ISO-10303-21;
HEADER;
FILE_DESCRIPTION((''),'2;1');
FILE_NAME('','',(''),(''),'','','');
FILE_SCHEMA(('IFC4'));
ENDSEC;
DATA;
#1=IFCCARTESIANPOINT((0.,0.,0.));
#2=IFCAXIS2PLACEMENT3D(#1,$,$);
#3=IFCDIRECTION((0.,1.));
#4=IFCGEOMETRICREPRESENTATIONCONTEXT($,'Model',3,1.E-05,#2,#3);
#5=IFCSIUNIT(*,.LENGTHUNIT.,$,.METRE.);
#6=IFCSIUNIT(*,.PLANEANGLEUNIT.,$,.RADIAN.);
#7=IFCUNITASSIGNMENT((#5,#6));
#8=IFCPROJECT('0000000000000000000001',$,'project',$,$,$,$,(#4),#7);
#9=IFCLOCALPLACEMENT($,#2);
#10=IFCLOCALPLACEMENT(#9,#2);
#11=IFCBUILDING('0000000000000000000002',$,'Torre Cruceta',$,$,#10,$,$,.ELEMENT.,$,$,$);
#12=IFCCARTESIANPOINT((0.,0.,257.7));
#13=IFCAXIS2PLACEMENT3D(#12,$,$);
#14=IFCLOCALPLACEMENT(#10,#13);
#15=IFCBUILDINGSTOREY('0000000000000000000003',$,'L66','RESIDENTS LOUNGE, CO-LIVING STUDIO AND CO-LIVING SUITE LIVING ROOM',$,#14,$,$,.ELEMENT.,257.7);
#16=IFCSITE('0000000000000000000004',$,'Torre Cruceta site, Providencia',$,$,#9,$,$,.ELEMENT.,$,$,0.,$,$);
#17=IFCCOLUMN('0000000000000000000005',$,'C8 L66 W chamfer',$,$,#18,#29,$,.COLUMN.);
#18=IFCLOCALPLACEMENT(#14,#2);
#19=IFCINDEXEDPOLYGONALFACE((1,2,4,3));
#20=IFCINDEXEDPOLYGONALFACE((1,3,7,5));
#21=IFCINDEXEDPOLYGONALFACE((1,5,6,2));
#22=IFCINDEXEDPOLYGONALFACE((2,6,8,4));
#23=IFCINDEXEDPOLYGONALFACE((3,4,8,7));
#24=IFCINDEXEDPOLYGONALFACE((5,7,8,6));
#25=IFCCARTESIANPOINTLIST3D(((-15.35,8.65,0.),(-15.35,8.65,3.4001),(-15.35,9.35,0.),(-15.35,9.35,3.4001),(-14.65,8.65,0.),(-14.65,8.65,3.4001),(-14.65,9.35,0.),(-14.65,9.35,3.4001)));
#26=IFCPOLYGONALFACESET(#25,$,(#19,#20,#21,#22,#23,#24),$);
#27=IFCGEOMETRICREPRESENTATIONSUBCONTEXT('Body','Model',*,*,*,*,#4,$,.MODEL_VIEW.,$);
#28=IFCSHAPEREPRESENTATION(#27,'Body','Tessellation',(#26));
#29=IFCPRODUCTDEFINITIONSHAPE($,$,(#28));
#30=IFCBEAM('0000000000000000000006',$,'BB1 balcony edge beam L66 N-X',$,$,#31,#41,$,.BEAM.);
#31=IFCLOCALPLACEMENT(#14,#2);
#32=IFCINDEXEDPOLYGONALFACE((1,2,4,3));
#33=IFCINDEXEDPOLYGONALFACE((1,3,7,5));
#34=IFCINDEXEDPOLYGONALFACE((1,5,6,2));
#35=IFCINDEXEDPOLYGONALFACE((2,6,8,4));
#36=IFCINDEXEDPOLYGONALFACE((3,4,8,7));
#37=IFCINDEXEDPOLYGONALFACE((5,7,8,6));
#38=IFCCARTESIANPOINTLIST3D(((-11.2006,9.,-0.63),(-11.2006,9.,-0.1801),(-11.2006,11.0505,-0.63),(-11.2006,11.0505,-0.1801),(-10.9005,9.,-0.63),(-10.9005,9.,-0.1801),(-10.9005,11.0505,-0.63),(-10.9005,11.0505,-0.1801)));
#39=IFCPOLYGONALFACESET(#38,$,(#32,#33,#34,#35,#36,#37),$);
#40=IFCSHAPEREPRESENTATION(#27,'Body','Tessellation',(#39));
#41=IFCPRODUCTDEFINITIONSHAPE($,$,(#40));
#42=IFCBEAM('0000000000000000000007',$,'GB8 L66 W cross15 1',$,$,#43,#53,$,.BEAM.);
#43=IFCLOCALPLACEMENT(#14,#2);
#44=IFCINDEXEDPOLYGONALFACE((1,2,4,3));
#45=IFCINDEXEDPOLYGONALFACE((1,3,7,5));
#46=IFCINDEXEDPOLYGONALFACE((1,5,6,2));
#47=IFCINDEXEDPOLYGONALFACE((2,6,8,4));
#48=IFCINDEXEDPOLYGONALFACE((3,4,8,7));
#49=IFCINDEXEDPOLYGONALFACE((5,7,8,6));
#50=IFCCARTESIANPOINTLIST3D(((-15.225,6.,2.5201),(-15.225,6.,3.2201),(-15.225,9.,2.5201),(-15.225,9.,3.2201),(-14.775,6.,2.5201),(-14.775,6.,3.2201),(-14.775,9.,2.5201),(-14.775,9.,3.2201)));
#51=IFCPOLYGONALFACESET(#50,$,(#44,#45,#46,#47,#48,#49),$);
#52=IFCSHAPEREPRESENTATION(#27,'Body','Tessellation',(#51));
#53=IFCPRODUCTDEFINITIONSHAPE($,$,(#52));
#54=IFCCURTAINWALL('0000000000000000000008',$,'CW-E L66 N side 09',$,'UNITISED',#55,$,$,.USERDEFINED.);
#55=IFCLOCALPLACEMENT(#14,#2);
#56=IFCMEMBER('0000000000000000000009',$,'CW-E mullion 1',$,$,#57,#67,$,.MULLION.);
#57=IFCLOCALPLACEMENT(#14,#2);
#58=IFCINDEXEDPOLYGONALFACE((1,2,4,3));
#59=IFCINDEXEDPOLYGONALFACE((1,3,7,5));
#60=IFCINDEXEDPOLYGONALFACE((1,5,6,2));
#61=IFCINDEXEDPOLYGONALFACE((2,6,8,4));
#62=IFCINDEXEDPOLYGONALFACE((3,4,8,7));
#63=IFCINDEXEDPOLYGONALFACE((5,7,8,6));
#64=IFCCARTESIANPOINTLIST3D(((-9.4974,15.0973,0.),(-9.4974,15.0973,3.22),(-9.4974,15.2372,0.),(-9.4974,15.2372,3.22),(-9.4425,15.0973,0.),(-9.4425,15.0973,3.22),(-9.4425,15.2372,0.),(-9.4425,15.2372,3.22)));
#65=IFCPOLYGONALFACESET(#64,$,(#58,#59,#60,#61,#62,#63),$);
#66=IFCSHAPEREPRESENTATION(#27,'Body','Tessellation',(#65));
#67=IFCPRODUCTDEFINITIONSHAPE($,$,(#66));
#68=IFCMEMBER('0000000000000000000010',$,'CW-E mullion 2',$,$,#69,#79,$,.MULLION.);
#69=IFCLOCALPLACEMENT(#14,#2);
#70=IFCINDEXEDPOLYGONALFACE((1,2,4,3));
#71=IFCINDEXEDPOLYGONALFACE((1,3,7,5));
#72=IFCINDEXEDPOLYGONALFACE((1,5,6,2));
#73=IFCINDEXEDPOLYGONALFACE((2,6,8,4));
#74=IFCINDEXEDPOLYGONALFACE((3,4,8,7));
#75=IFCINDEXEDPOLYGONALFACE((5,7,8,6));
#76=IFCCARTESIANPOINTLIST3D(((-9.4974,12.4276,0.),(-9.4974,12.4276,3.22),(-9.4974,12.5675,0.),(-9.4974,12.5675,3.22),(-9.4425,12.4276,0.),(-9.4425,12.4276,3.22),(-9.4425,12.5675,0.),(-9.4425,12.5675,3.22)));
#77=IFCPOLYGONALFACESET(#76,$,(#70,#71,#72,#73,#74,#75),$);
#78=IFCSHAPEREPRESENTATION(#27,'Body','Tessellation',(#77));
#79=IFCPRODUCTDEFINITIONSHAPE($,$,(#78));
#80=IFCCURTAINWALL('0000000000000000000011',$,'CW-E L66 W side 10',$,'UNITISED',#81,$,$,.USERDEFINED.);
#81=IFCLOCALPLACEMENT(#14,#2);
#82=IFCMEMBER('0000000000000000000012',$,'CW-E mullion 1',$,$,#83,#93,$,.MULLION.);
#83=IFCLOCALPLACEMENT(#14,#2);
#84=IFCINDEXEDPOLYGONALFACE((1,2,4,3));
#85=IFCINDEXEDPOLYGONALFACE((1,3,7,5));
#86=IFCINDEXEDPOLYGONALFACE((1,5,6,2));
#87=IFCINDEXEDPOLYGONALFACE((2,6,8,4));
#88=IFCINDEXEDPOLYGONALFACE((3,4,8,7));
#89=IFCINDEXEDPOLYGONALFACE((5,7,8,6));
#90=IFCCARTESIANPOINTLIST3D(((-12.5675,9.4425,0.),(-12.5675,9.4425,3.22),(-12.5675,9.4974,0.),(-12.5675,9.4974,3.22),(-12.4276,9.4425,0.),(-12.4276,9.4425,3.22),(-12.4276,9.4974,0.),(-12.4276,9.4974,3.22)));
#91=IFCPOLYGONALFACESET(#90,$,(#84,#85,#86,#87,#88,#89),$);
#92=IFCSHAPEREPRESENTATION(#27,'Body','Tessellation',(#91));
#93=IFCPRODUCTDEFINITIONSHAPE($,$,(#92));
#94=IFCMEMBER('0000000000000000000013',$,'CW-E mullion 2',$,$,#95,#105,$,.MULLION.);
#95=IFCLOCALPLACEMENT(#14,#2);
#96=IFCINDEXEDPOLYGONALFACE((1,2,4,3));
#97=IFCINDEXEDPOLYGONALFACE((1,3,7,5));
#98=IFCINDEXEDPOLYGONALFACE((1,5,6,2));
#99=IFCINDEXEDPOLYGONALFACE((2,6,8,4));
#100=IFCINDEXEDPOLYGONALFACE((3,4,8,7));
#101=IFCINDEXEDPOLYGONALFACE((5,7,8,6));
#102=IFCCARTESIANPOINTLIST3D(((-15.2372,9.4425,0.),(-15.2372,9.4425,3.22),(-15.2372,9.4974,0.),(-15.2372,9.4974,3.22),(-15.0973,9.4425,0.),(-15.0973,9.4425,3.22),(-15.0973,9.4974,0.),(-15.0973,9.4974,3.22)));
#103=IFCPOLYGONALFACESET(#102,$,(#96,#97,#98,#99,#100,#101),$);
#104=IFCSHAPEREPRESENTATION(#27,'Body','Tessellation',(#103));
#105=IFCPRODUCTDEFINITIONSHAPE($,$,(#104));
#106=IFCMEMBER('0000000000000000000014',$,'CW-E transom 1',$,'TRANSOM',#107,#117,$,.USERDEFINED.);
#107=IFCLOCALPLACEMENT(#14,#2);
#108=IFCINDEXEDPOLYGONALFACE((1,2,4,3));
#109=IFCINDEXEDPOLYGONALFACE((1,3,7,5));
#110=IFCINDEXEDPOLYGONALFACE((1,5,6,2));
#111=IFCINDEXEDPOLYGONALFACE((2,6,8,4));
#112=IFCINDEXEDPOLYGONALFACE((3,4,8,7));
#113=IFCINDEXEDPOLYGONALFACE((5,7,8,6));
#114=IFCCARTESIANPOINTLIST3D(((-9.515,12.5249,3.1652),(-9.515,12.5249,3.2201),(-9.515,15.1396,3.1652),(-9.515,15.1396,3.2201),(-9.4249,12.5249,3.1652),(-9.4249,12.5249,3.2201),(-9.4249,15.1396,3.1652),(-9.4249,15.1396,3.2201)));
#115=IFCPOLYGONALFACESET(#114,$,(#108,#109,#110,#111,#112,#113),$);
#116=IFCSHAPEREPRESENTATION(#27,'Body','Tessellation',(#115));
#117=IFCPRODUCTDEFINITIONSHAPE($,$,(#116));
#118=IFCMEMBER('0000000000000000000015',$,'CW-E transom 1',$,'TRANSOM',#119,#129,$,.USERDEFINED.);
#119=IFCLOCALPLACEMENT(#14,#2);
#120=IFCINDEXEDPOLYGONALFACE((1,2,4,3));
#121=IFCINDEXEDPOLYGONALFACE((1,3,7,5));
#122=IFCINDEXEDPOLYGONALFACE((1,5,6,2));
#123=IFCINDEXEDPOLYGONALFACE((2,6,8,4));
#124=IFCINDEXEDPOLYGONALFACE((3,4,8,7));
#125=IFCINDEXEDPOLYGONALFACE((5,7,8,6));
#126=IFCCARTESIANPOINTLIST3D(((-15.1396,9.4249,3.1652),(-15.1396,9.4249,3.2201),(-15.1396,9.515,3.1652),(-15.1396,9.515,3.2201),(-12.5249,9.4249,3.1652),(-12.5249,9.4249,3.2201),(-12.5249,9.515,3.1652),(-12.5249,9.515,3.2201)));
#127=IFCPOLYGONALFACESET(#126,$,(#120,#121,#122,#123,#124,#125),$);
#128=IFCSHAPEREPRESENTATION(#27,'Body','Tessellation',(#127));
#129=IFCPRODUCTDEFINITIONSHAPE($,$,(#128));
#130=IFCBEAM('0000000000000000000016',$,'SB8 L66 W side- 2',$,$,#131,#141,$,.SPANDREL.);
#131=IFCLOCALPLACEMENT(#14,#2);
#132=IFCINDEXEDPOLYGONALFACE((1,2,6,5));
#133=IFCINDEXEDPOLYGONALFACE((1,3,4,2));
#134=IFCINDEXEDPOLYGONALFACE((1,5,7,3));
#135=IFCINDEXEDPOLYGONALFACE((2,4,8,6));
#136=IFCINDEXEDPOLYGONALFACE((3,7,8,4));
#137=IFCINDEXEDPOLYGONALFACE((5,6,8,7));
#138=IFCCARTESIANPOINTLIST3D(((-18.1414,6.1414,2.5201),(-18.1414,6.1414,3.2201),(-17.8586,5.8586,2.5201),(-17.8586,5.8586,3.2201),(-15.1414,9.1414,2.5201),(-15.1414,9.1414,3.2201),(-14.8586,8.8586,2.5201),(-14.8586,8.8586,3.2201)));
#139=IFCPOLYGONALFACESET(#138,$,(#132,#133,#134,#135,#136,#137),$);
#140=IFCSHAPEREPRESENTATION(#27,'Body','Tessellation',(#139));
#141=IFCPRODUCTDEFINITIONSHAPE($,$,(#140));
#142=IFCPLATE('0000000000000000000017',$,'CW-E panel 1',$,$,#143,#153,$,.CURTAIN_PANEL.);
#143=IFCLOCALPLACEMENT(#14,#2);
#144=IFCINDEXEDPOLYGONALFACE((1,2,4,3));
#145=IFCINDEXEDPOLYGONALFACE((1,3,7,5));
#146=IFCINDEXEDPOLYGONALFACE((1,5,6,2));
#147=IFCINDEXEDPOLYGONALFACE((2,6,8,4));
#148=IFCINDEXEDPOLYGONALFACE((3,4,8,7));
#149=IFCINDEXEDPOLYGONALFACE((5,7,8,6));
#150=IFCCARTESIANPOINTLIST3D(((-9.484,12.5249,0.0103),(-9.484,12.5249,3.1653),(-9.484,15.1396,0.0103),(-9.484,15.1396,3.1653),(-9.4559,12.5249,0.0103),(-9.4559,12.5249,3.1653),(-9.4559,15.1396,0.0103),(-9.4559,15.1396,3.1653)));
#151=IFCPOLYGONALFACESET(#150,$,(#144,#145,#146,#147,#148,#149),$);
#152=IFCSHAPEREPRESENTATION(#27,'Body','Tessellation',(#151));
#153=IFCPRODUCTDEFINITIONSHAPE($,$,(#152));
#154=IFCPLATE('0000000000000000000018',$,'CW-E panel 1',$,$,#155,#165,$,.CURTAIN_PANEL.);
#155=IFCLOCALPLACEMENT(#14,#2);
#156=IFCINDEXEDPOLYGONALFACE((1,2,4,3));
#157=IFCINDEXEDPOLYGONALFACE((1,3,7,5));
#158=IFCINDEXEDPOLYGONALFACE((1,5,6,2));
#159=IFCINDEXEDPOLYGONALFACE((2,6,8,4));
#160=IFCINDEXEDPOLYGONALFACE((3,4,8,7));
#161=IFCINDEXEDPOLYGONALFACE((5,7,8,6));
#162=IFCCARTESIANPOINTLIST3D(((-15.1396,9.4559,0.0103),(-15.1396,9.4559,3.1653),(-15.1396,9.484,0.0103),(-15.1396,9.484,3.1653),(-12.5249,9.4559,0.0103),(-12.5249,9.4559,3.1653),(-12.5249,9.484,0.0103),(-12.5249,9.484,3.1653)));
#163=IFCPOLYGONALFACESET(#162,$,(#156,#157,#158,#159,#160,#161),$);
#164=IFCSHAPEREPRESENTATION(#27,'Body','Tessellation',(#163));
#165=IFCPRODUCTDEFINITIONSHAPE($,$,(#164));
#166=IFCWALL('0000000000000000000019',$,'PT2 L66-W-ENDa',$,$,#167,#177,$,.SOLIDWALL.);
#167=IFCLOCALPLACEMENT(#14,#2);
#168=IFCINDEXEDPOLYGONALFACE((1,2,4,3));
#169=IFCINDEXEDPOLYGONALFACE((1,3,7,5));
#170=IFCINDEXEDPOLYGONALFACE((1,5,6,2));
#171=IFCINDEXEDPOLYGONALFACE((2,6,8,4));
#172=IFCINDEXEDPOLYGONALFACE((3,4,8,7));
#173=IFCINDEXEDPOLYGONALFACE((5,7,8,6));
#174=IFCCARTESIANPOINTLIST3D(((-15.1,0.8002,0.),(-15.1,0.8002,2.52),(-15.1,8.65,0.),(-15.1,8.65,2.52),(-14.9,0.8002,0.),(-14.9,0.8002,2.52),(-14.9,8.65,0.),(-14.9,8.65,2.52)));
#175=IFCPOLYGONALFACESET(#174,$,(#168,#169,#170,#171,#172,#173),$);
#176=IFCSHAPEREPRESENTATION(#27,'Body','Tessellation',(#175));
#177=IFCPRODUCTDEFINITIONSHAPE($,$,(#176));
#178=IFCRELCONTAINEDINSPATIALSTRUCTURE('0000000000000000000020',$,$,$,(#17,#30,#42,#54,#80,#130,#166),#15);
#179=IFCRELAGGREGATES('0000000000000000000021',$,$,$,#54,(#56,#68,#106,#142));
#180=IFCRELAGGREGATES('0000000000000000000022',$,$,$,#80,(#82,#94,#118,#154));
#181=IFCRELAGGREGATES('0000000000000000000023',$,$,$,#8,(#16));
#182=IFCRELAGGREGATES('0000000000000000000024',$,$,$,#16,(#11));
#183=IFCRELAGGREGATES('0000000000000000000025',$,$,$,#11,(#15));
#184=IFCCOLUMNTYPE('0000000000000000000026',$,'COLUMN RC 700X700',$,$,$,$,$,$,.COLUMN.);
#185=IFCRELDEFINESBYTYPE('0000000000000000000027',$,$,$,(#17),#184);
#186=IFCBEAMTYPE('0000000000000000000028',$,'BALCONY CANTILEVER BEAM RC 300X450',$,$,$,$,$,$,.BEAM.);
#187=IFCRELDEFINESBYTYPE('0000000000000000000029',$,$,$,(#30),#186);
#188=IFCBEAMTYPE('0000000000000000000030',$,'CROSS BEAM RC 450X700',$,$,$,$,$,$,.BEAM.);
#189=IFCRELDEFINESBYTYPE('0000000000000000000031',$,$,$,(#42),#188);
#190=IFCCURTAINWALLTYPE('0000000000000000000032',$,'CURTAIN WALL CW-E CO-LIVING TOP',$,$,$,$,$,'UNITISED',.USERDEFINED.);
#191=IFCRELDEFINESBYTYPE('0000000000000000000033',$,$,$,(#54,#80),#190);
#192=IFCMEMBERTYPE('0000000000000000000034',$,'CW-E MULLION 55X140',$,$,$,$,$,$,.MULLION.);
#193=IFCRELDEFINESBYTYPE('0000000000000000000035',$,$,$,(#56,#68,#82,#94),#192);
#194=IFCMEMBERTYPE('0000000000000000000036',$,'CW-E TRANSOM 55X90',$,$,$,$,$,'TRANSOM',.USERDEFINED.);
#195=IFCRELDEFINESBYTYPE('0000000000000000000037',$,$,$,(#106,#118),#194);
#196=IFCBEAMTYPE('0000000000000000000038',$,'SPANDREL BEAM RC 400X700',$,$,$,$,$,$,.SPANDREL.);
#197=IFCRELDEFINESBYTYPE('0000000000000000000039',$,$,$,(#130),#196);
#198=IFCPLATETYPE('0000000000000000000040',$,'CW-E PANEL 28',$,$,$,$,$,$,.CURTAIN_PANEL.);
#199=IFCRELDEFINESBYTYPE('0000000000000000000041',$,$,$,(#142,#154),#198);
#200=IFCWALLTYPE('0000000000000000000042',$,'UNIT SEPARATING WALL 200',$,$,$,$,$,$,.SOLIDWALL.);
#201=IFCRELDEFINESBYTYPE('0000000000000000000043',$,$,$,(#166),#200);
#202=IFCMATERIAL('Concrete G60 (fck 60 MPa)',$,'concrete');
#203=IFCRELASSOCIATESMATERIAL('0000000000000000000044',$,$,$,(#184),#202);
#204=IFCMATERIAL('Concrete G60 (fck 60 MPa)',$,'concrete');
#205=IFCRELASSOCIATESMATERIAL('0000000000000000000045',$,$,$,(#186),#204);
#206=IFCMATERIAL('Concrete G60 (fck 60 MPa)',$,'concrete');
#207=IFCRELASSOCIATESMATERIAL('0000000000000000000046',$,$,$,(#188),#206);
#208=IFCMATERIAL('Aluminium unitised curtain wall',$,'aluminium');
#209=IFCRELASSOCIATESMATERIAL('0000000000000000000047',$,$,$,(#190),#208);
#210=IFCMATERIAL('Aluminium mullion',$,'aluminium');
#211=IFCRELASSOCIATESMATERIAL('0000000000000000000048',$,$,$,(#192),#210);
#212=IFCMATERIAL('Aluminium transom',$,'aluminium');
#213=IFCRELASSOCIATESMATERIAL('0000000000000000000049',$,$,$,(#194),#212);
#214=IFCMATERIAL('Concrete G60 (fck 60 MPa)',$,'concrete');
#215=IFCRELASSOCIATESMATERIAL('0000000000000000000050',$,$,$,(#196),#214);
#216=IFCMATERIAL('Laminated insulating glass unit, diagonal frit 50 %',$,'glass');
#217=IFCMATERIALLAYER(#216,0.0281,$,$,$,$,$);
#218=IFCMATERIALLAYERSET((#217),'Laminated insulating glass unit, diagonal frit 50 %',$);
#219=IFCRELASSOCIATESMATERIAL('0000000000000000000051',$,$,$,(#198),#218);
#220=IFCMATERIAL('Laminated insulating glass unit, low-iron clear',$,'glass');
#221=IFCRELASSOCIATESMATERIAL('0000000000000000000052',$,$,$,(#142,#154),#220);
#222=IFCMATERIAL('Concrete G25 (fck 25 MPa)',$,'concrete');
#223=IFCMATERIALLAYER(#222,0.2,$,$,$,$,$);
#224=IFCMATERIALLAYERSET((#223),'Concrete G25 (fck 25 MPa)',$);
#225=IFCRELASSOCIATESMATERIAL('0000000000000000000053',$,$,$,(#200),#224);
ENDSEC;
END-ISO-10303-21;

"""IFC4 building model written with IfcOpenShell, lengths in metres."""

from ifc_helpers import new_model, si_unit, direction, frame, frame_2d, origin, origin_2d, place, context, subcontext, project, spatial, rectangle, extrude, material, layer, layer_set, material_profile, profile_set, type_object, element, aggregate, save


model = new_model("IFC4")

# Units and contexts
model_context = context("Model", 3, precision=1e-05, world=origin(), true_north=direction((0.0, 1.0)))
body_context = subcontext(model_context, "Body", "Model", "MODEL_VIEW")
ifc_project = project(units=[si_unit("LENGTHUNIT", "METRE"), si_unit("PLANEANGLEUNIT", "RADIAN")], contexts=[model_context])

# Site, building, storey
site_placement = place(None, origin())
site = spatial("IfcSite", under=ifc_project, at=site_placement, Name="Torre Cruceta site, Providencia", CompositionType="ELEMENT", RefElevation=0.0)
building_placement = place(site_placement, origin())
building = spatial("IfcBuilding", under=site, at=building_placement, Name="Torre Cruceta", CompositionType="ELEMENT")
storey_placement = place(building_placement, frame((0.0, 0.0, 257.7)))
storey = spatial("IfcBuildingStorey", under=building, at=storey_placement, Name="L66", Description="RESIDENTS LOUNGE, CO-LIVING STUDIO AND CO-LIVING SUITE LIVING ROOM", CompositionType="ELEMENT", Elevation=257.7)

# Column
ifc_material_1 = material(Name="Concrete G60 (fck 60 MPa)", Category="concrete")
ifc_material_profile_1 = material_profile(ifc_material_1, rectangle(XDim=0.7, YDim=0.7, at=origin_2d()), Name="RC 700X700")
ifc_profile_set_1 = profile_set([ifc_material_profile_1], Name="Concrete G60 (fck 60 MPa)")
column_type = type_object("IfcColumnType", Name="COLUMN RC 700X700", PredefinedType="COLUMN", material=ifc_profile_set_1)
column_placement = place(storey_placement, frame((-15.0, 9.0, 0.0), z_axis=(0.0, 0.0, 1.0), x_axis=(1.0, 0.0, 0.0)))
element("IfcColumn", 1, at=column_placement, inside=storey, type_object=column_type, Name="C8 L66 W chamfer", PredefinedType="COLUMN", context=body_context, shape_type="SweptSolid", body=[
    extrude(rectangle(XDim=0.7, YDim=0.7, at=origin_2d()), origin(), (0.0, 0.0, 1.0), 3.4001),
])

# Beams
ifc_material_2 = material(Name="Concrete G60 (fck 60 MPa)", Category="concrete")
ifc_material_profile_2 = material_profile(ifc_material_2, rectangle(XDim=0.3, YDim=0.45, at=origin_2d()), Name="RC 300X450")
ifc_profile_set_2 = profile_set([ifc_material_profile_2], Name="Concrete G60 (fck 60 MPa)")
beam_type_1 = type_object("IfcBeamType", Name="BALCONY CANTILEVER BEAM RC 300X450", PredefinedType="BEAM", material=ifc_profile_set_2)
beam_1_placement = place(storey_placement, frame((-11.0505, 9.0, -0.405), z_axis=(0.0, 1.0, 0.0), x_axis=(-1.0, 0.0, 0.0)))
element("IfcBeam", 2, at=beam_1_placement, inside=storey, type_object=beam_type_1, Name="BB1 balcony edge beam L66 N-X", PredefinedType="BEAM", context=body_context, shape_type="SweptSolid", body=[
    extrude(rectangle(XDim=0.3, YDim=0.45, at=origin_2d()), origin(), (0.0, 0.0, 1.0), 2.0505),
])
ifc_material_3 = material(Name="Concrete G60 (fck 60 MPa)", Category="concrete")
ifc_material_profile_3 = material_profile(ifc_material_3, rectangle(XDim=0.45, YDim=0.7, at=origin_2d()), Name="RC 450X700")
ifc_profile_set_3 = profile_set([ifc_material_profile_3], Name="Concrete G60 (fck 60 MPa)")
beam_type_2 = type_object("IfcBeamType", Name="CROSS BEAM RC 450X700", PredefinedType="BEAM", material=ifc_profile_set_3)
beam_2_placement = place(storey_placement, frame((-15.0, 9.0, 2.8701), z_axis=(0.0, -1.0, 0.0), x_axis=(1.0, 0.0, 0.0)))
element("IfcBeam", 3, at=beam_2_placement, inside=storey, type_object=beam_type_2, Name="GB8 L66 W cross15 1", PredefinedType="BEAM", context=body_context, shape_type="SweptSolid", body=[
    extrude(rectangle(XDim=0.45, YDim=0.7, at=origin_2d()), origin(), (0.0, 0.0, 1.0), 3.0),
])

# Curtain walls, members
ifc_material_4 = material(Name="Aluminium unitised curtain wall", Category="aluminium")
curtain_wall_type = type_object("IfcCurtainWallType", Name="CURTAIN WALL CW-E CO-LIVING TOP", ElementType="UNITISED", PredefinedType="USERDEFINED", material=ifc_material_4)
curtain_wall_1_placement = place(storey_placement, origin())
curtain_wall_1 = element("IfcCurtainWall", 4, at=curtain_wall_1_placement, inside=storey, type_object=curtain_wall_type, Name="CW-E L66 N side 09", ObjectType="UNITISED", PredefinedType="USERDEFINED")
ifc_material_5 = material(Name="Aluminium mullion", Category="aluminium")
ifc_material_profile_4 = material_profile(ifc_material_5, rectangle(XDim=0.0549, YDim=0.1399, at=origin_2d()), Name="AL 55X140")
ifc_profile_set_4 = profile_set([ifc_material_profile_4], Name="Aluminium mullion")
member_type_1 = type_object("IfcMemberType", Name="CW-E MULLION 55X140", PredefinedType="MULLION", material=ifc_profile_set_4)
member_1_placement = place(storey_placement, frame((-9.47, 15.1672, 0.0), z_axis=(0.0, 0.0, 1.0), x_axis=(1.0, 0.0, 0.0)))
member_1 = element("IfcMember", 5, at=member_1_placement, type_object=member_type_1, Name="CW-E mullion 1", PredefinedType="MULLION", context=body_context, shape_type="SweptSolid", body=[
    extrude(rectangle(XDim=0.0549, YDim=0.1399, at=origin_2d()), origin(), (0.0, 0.0, 1.0), 3.22),
])
member_2_placement = place(storey_placement, frame((-9.47, 12.4976, 0.0), z_axis=(0.0, 0.0, 1.0), x_axis=(1.0, 0.0, 0.0)))
member_2 = element("IfcMember", 6, at=member_2_placement, type_object=member_type_1, Name="CW-E mullion 2", PredefinedType="MULLION", context=body_context, shape_type="SweptSolid", body=[
    extrude(rectangle(XDim=0.0549, YDim=0.1399, at=origin_2d()), origin(), (0.0, 0.0, 1.0), 3.22),
])
curtain_wall_2_placement = place(storey_placement, origin())
curtain_wall_2 = element("IfcCurtainWall", 7, at=curtain_wall_2_placement, inside=storey, type_object=curtain_wall_type, Name="CW-E L66 W side 10", ObjectType="UNITISED", PredefinedType="USERDEFINED")
member_3_placement = place(storey_placement, frame((-12.4976, 9.47, 0.0), z_axis=(0.0, 0.0, 1.0), x_axis=(0.0, -1.0, 0.0)))
member_3 = element("IfcMember", 8, at=member_3_placement, type_object=member_type_1, Name="CW-E mullion 1", PredefinedType="MULLION", context=body_context, shape_type="SweptSolid", body=[
    extrude(rectangle(XDim=0.0549, YDim=0.1399, at=origin_2d()), origin(), (0.0, 0.0, 1.0), 3.22),
])
member_4_placement = place(storey_placement, frame((-15.1672, 9.47, 0.0), z_axis=(0.0, 0.0, 1.0), x_axis=(0.0, -1.0, 0.0)))
member_4 = element("IfcMember", 9, at=member_4_placement, type_object=member_type_1, Name="CW-E mullion 2", PredefinedType="MULLION", context=body_context, shape_type="SweptSolid", body=[
    extrude(rectangle(XDim=0.0549, YDim=0.1399, at=origin_2d()), origin(), (0.0, 0.0, 1.0), 3.22),
])

# Members
ifc_material_6 = material(Name="Aluminium transom", Category="aluminium")
ifc_material_profile_5 = material_profile(ifc_material_6, rectangle(XDim=0.0901, YDim=0.0549, at=origin_2d()), Name="AL 90X55")
ifc_profile_set_5 = profile_set([ifc_material_profile_5], Name="Aluminium transom")
member_type_2 = type_object("IfcMemberType", Name="CW-E TRANSOM 55X90", ElementType="TRANSOM", PredefinedType="USERDEFINED", material=ifc_profile_set_5)
member_5_placement = place(storey_placement, frame((-9.47, 15.1396, 3.1926), z_axis=(0.0, -1.0, 0.0), x_axis=(1.0, 0.0, 0.0)))
member_5 = element("IfcMember", 10, at=member_5_placement, type_object=member_type_2, Name="CW-E transom 1", ObjectType="TRANSOM", PredefinedType="USERDEFINED", context=body_context, shape_type="SweptSolid", body=[
    extrude(rectangle(XDim=0.0901, YDim=0.0549, at=origin_2d()), origin(), (0.0, 0.0, 1.0), 2.6147),
])
member_6_placement = place(storey_placement, frame((-12.5249, 9.47, 3.1926), z_axis=(-1.0, 0.0, 0.0), x_axis=(0.0, -1.0, 0.0)))
member_6 = element("IfcMember", 11, at=member_6_placement, type_object=member_type_2, Name="CW-E transom 1", ObjectType="TRANSOM", PredefinedType="USERDEFINED", context=body_context, shape_type="SweptSolid", body=[
    extrude(rectangle(XDim=0.0901, YDim=0.0549, at=origin_2d()), origin(), (0.0, 0.0, 1.0), 2.6147),
])

# Beam
ifc_material_7 = material(Name="Concrete G60 (fck 60 MPa)", Category="concrete")
ifc_material_profile_6 = material_profile(ifc_material_7, rectangle(XDim=0.3999, YDim=0.7, at=origin_2d()), Name="RC 400X700")
ifc_profile_set_6 = profile_set([ifc_material_profile_6], Name="Concrete G60 (fck 60 MPa)")
beam_type_3 = type_object("IfcBeamType", Name="SPANDREL BEAM RC 400X700", PredefinedType="SPANDREL", material=ifc_profile_set_6)
beam_3_placement = place(storey_placement, frame((-15.0, 9.0, 2.8701), z_axis=(-0.707107, -0.707107, 0.0), x_axis=(0.707107, -0.707107, 0.0)))
element("IfcBeam", 12, at=beam_3_placement, inside=storey, type_object=beam_type_3, Name="SB8 L66 W side- 2", PredefinedType="SPANDREL", context=body_context, shape_type="SweptSolid", body=[
    extrude(rectangle(XDim=0.3999, YDim=0.7, at=origin_2d()), origin(), (0.0, 0.0, 1.0), 4.2427),
])

# Plates
ifc_material_8 = material(Name="Laminated insulating glass unit, low-iron clear", Category="glass")
ifc_material_9 = material(Name="Laminated insulating glass unit, diagonal frit 50 %", Category="glass")
ifc_layer_1 = layer(ifc_material_9, 0.0281)
ifc_layer_set_1 = layer_set([ifc_layer_1], Name="Laminated insulating glass unit, diagonal frit 50 %")
plate_type = type_object("IfcPlateType", Name="CW-E PANEL 28", PredefinedType="CURTAIN_PANEL", material=ifc_layer_set_1)
plate_1_placement = place(storey_placement, frame((-9.47, 13.8323, 0.0103), z_axis=(0.0, 0.0, 1.0), x_axis=(0.0, -1.0, 0.0)))
plate_1 = element("IfcPlate", 13, at=plate_1_placement, type_object=plate_type, material=ifc_material_8, Name="CW-E panel 1", PredefinedType="CURTAIN_PANEL", context=body_context, shape_type="SweptSolid", body=[
    extrude(rectangle(XDim=2.6147, YDim=0.0281, at=origin_2d()), origin(), (0.0, 0.0, 1.0), 3.155),
])
aggregate(curtain_wall_1, [member_1, member_2, member_5, plate_1])
plate_2_placement = place(storey_placement, frame((-13.8323, 9.47, 0.0103), z_axis=(0.0, 0.0, 1.0), x_axis=(-1.0, 0.0, 0.0)))
plate_2 = element("IfcPlate", 14, at=plate_2_placement, type_object=plate_type, material=ifc_material_8, Name="CW-E panel 1", PredefinedType="CURTAIN_PANEL", context=body_context, shape_type="SweptSolid", body=[
    extrude(rectangle(XDim=2.6147, YDim=0.0281, at=origin_2d()), origin(), (0.0, 0.0, 1.0), 3.155),
])
aggregate(curtain_wall_2, [member_3, member_4, member_6, plate_2])

# Wall
ifc_material_10 = material(Name="Concrete G25 (fck 25 MPa)", Category="concrete")
ifc_layer_2 = layer(ifc_material_10, 0.2)
ifc_layer_set_2 = layer_set([ifc_layer_2], Name="Concrete G25 (fck 25 MPa)")
wall_type_1 = type_object("IfcWallType", Name="UNIT SEPARATING WALL 200", PredefinedType="SOLIDWALL", material=ifc_layer_set_2)
wall_1_placement = place(storey_placement, frame((-15.0, 8.6499, 0.0), z_axis=(0.0, 0.0, 1.0), x_axis=(0.0, -1.0, 0.0)))
element("IfcWall", 15, at=wall_1_placement, inside=storey, type_object=wall_type_1, Name="PT2 L66-W-ENDa", PredefinedType="SOLIDWALL", context=body_context, shape_type="SweptSolid", body=[
    extrude(rectangle(XDim=7.8499, YDim=0.2, at=frame_2d((3.9248, 0.0))), origin(), (0.0, 0.0, 1.0), 2.52),
])

save(model, "model.ifc")
